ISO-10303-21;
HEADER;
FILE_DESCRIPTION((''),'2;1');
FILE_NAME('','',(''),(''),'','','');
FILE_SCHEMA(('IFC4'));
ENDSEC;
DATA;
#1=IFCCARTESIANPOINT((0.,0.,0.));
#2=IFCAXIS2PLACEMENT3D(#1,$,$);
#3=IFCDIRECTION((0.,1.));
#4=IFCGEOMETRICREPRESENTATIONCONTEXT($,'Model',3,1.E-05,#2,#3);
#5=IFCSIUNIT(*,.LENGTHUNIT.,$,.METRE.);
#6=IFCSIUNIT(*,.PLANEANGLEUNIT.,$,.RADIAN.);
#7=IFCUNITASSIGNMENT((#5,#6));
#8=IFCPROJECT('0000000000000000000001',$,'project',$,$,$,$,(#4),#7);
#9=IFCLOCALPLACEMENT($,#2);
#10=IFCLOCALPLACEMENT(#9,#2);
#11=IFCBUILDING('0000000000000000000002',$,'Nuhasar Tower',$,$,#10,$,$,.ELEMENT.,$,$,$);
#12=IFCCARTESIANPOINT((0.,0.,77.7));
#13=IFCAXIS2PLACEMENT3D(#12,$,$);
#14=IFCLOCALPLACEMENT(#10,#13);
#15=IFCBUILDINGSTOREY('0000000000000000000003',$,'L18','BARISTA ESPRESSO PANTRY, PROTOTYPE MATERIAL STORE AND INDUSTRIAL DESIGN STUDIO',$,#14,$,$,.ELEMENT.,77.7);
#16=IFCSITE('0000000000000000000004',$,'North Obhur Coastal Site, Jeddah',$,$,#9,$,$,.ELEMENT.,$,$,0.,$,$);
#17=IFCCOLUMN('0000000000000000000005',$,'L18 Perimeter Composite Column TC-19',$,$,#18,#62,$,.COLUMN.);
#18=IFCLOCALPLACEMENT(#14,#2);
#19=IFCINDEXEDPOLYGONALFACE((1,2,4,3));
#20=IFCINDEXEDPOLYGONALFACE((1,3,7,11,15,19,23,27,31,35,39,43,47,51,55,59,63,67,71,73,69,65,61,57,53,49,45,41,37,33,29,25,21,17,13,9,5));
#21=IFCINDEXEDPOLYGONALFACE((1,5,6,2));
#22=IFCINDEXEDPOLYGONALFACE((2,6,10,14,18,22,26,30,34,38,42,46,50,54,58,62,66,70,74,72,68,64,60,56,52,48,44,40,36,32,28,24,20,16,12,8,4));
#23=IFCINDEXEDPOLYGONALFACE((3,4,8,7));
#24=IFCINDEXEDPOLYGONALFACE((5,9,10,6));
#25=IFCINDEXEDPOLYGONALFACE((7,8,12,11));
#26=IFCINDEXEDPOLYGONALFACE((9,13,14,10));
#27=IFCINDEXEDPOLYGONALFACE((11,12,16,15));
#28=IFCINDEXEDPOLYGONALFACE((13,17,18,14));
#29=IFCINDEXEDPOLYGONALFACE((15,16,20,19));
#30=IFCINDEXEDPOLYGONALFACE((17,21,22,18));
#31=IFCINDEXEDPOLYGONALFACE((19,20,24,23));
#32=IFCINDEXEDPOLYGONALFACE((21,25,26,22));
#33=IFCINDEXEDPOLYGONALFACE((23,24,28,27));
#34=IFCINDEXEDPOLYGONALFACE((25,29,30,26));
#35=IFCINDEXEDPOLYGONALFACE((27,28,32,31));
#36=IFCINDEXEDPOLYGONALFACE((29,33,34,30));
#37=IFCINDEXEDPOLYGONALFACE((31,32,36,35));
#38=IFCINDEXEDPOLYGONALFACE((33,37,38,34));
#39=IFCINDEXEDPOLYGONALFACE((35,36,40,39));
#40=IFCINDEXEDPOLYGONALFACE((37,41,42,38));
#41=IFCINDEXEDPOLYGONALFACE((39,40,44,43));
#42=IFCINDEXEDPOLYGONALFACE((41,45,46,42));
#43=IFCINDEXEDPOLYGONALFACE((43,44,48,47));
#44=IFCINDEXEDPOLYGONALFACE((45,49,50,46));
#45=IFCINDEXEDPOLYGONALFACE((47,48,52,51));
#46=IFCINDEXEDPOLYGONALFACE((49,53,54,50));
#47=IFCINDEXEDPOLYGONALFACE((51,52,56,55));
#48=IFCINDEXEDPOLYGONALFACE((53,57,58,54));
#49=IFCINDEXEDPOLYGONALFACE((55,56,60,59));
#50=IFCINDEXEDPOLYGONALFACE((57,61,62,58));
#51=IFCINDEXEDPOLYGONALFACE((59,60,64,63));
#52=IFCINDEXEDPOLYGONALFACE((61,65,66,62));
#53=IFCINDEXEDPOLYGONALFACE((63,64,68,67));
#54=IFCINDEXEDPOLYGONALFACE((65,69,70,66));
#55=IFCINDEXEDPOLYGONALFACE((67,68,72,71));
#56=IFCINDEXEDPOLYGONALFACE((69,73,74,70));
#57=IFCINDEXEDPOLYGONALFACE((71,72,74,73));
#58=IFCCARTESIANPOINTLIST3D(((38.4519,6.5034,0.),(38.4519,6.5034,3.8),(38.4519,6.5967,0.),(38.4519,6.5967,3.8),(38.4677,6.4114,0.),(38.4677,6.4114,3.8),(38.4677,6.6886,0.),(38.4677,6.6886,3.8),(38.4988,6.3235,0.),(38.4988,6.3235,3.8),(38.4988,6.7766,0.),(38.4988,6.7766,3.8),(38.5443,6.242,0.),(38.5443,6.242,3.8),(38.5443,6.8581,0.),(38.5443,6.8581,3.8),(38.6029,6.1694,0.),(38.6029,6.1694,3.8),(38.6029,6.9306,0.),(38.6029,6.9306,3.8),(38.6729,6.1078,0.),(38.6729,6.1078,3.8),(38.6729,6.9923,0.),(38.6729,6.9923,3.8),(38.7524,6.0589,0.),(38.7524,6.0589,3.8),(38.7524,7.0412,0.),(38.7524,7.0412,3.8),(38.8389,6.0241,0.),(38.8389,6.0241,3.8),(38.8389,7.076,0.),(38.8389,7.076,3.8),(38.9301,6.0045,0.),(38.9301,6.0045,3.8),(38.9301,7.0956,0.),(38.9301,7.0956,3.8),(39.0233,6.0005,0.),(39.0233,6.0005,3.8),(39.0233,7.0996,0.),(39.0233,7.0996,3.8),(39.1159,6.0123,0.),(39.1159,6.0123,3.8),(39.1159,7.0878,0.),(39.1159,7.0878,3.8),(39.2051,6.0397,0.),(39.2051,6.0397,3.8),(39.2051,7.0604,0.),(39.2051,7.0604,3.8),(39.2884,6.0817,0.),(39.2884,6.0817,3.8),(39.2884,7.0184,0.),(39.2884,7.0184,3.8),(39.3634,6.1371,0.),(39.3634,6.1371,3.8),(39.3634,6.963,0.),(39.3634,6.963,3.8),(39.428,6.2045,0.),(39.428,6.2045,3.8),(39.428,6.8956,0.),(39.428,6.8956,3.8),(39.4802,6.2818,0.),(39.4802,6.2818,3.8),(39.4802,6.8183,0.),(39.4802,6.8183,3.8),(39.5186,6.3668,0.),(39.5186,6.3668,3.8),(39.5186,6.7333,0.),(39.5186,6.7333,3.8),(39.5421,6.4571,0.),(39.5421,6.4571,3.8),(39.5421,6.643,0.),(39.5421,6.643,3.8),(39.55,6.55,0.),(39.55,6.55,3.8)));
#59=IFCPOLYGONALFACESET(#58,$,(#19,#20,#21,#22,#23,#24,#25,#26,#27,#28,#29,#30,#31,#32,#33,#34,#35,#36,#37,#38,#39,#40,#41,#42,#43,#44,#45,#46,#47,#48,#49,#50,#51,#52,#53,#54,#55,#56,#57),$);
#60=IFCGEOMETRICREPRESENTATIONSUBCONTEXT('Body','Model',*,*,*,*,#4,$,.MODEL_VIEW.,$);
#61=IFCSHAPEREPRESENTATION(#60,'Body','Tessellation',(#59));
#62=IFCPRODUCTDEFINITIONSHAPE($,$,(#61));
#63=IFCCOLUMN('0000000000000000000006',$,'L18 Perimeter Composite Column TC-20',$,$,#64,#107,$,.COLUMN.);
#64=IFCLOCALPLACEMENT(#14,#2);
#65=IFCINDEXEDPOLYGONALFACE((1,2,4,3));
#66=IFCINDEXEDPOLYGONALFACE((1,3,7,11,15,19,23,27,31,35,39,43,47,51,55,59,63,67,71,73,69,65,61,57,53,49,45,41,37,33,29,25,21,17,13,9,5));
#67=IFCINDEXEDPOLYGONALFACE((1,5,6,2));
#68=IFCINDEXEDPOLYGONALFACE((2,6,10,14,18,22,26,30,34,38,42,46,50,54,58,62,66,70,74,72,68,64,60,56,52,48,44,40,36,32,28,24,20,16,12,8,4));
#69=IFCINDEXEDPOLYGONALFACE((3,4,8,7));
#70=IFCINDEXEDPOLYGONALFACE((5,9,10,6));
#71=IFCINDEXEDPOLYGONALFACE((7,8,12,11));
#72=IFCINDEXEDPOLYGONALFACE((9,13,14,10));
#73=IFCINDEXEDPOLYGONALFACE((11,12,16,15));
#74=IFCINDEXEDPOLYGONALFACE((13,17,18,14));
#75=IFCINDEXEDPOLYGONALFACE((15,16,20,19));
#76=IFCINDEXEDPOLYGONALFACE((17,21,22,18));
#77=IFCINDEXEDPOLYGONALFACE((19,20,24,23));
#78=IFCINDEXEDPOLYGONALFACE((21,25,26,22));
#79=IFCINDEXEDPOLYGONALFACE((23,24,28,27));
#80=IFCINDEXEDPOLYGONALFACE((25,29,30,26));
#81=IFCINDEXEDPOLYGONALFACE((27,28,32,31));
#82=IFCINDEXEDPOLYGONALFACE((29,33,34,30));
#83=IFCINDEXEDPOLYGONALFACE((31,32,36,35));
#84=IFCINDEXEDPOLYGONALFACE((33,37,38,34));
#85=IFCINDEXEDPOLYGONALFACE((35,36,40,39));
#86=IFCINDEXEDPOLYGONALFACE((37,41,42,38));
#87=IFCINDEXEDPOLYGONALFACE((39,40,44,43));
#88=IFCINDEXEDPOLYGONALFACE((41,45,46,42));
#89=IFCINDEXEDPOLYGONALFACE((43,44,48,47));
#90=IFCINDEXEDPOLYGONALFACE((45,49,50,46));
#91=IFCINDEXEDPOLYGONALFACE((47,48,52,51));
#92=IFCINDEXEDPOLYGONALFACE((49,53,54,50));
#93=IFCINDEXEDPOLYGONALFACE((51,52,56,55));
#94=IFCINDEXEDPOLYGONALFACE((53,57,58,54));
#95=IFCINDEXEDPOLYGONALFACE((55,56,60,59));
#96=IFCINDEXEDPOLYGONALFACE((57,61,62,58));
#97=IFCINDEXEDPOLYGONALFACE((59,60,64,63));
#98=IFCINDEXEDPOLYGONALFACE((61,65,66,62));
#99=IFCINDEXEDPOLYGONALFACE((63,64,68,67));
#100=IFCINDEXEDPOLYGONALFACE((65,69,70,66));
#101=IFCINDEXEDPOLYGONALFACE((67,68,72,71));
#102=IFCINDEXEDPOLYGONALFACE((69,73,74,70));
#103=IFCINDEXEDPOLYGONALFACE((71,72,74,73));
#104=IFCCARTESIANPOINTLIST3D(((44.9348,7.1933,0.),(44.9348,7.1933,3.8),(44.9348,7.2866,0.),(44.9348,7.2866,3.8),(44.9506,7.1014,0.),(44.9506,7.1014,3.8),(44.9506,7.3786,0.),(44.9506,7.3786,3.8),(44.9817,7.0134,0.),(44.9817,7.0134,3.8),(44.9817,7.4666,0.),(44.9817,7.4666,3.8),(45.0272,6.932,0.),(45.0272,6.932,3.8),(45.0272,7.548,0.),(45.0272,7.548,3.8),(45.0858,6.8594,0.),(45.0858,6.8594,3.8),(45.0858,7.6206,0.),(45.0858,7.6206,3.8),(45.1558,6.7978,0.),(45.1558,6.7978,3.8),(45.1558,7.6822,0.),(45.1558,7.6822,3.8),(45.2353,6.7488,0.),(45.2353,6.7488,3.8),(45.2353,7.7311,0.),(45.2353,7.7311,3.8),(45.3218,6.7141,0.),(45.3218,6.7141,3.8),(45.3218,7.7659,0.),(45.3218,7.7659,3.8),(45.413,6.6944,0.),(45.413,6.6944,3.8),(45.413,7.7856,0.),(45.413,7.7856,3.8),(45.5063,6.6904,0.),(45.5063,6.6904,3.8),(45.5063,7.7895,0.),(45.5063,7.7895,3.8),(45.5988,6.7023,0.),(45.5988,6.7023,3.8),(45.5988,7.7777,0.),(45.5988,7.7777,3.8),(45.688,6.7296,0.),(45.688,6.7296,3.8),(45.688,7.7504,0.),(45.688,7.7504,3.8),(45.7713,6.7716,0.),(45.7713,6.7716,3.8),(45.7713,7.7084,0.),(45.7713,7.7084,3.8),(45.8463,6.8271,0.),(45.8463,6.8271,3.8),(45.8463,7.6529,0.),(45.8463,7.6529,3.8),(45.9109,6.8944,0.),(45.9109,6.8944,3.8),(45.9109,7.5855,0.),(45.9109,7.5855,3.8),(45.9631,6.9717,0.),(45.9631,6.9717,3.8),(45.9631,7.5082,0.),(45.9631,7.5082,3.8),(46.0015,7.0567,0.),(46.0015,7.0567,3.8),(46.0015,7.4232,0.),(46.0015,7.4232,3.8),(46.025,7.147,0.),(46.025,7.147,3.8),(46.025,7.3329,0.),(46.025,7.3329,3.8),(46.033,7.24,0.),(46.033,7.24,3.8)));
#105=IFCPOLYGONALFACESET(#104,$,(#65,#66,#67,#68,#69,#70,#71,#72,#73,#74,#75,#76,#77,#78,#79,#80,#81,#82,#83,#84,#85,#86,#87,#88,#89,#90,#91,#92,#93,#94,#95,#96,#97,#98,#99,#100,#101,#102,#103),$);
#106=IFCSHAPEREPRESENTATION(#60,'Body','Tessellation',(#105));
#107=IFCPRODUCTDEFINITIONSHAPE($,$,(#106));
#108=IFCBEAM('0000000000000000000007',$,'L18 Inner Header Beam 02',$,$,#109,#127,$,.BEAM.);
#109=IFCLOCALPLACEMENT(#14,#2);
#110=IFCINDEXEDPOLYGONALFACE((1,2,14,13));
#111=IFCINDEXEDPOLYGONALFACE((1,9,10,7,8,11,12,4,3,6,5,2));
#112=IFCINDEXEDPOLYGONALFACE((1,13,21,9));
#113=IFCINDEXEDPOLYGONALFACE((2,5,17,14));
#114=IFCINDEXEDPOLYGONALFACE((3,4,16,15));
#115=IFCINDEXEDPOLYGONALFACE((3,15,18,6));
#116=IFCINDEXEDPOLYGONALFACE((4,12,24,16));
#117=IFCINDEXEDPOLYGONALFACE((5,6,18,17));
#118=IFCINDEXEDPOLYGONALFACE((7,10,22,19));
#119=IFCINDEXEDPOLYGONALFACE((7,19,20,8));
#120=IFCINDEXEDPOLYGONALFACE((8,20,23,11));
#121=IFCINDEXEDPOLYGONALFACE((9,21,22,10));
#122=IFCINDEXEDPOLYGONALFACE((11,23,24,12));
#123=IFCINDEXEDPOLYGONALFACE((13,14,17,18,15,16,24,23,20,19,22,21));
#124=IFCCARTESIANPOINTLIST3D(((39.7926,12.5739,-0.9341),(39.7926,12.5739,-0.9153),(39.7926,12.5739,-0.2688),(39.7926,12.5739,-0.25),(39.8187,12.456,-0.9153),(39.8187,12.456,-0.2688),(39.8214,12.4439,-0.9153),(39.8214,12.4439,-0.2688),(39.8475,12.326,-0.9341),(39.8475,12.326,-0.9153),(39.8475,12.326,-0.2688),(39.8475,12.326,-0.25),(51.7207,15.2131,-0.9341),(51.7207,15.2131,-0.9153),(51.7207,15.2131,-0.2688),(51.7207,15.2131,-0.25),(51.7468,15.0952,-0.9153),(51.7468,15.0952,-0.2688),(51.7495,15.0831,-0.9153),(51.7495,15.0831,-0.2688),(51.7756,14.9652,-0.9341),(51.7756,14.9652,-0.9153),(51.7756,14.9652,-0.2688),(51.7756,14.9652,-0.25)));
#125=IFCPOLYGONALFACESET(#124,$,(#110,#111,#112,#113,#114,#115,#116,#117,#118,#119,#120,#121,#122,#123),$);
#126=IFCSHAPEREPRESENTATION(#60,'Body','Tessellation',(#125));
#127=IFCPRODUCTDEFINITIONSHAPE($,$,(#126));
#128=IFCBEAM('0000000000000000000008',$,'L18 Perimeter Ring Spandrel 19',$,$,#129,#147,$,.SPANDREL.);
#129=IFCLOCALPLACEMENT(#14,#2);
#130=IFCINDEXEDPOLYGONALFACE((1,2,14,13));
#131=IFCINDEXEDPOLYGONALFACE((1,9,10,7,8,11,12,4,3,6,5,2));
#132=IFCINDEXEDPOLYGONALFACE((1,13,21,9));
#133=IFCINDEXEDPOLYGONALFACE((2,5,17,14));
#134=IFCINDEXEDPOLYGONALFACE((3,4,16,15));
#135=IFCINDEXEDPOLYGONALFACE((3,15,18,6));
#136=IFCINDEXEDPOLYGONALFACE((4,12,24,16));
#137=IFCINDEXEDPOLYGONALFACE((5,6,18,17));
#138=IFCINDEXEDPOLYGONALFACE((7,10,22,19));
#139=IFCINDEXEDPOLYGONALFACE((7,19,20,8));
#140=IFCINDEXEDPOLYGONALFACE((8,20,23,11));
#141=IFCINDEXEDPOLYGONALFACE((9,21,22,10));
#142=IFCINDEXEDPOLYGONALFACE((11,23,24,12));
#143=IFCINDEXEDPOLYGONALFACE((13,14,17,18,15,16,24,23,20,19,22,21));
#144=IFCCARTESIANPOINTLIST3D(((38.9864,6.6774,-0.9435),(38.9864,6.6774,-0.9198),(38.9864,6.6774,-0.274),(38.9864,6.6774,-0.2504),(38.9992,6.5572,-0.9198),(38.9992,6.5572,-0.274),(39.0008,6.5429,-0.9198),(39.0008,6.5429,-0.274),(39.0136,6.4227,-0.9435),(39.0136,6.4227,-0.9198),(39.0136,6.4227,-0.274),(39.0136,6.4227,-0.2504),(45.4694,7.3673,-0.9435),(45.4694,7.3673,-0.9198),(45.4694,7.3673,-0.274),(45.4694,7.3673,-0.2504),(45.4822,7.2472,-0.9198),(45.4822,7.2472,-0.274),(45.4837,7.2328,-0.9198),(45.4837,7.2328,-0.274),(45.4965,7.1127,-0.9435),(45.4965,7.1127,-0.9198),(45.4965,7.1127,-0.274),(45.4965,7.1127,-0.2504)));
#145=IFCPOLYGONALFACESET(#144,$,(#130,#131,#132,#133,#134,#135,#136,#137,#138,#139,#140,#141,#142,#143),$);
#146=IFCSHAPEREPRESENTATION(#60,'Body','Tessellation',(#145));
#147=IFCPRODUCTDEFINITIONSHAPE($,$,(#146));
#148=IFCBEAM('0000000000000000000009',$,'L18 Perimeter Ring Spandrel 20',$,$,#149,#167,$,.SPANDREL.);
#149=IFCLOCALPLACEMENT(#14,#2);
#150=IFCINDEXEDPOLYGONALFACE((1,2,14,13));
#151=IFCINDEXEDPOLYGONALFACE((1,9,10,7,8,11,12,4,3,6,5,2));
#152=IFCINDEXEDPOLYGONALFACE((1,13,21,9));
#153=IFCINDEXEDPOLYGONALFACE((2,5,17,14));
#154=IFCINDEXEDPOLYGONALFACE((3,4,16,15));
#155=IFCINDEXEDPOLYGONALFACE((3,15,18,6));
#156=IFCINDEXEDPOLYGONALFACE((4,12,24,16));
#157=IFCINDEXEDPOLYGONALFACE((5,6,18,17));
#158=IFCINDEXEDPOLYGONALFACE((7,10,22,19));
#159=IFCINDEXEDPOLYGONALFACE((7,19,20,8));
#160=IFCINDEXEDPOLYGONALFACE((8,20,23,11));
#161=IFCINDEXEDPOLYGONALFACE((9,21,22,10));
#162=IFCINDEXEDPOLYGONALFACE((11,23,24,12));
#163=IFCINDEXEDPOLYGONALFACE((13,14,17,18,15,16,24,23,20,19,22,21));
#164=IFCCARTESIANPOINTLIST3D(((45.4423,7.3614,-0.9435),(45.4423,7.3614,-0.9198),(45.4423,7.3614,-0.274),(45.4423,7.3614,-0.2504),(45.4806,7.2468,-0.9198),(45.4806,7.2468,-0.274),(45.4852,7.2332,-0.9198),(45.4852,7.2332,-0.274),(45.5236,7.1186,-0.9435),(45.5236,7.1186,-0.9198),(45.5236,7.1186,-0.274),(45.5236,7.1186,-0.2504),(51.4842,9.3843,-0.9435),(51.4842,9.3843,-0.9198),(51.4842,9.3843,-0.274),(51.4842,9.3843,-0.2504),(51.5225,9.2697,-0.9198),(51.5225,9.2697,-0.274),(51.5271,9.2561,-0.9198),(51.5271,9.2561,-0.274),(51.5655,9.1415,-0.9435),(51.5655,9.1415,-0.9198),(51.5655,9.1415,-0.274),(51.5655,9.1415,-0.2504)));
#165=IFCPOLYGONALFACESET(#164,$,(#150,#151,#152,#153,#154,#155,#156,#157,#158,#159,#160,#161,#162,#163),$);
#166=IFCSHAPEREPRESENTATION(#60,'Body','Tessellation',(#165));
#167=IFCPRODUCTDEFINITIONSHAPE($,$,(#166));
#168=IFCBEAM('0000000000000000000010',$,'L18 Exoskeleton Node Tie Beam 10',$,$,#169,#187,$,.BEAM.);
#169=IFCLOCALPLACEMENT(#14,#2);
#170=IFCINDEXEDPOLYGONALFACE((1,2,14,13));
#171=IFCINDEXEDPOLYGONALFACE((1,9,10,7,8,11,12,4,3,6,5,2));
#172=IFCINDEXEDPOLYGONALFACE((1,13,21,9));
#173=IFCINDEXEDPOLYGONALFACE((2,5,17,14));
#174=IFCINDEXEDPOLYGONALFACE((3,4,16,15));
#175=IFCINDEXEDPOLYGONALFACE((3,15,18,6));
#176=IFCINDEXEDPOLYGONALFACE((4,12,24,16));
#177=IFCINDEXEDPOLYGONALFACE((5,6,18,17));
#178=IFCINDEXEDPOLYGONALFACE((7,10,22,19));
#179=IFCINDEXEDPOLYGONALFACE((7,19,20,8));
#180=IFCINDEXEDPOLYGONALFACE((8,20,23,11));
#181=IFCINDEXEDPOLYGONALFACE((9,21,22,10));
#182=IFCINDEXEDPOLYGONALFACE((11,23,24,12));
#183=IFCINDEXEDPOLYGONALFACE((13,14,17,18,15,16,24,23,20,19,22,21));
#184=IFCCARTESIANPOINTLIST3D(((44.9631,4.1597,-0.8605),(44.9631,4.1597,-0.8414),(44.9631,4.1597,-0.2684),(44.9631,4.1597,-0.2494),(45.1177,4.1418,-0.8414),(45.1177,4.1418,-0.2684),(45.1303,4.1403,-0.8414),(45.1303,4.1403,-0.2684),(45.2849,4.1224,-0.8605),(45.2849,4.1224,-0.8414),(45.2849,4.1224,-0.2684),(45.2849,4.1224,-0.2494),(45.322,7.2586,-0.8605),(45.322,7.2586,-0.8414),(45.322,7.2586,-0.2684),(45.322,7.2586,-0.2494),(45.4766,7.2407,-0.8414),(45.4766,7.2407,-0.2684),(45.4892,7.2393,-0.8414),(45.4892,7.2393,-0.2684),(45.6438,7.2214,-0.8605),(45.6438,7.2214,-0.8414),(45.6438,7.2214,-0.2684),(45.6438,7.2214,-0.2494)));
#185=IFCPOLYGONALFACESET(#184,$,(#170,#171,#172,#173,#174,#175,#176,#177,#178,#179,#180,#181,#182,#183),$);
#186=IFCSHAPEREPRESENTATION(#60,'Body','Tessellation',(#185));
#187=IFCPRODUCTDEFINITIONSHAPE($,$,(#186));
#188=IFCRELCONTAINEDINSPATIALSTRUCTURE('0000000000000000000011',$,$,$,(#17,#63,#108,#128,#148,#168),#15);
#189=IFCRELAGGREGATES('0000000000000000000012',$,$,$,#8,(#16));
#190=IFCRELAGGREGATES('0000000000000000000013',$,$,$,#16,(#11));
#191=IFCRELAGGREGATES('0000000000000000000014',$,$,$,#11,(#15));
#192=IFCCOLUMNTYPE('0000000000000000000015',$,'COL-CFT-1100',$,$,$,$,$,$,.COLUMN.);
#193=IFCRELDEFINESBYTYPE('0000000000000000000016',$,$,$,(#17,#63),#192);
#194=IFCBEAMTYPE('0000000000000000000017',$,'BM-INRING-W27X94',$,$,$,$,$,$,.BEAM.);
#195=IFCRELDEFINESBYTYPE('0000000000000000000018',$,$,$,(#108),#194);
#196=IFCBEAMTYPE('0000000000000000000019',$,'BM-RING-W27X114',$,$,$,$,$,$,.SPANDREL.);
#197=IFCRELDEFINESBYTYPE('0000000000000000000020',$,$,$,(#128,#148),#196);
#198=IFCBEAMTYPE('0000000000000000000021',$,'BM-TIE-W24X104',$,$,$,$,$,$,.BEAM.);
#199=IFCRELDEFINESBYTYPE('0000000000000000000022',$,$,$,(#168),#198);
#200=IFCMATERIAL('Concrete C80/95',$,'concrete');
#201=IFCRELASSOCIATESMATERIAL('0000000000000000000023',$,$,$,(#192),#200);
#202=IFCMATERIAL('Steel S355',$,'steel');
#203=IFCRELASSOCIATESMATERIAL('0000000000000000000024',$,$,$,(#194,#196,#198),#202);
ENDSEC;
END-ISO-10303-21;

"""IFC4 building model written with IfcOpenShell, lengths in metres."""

from ifc_helpers import new_model, si_unit, direction, frame, origin, origin_2d, place, context, subcontext, project, spatial, circle, i_section, extrude, material, material_profile, profile_set, type_object, element, save


model = new_model("IFC4")

# Units and contexts
model_context = context("Model", 3, precision=1e-05, world=origin(), true_north=direction((0.0, 1.0)))
body_context = subcontext(model_context, "Body", "Model", "MODEL_VIEW")
ifc_project = project(units=[si_unit("LENGTHUNIT", "METRE"), si_unit("PLANEANGLEUNIT", "RADIAN")], contexts=[model_context])

# Site, building, storey
site_placement = place(None, origin())
site = spatial("IfcSite", under=ifc_project, at=site_placement, Name="North Obhur Coastal Site, Jeddah", CompositionType="ELEMENT", RefElevation=0.0)
building_placement = place(site_placement, origin())
building = spatial("IfcBuilding", under=site, at=building_placement, Name="Nuhasar Tower", CompositionType="ELEMENT")
storey_placement = place(building_placement, frame((0.0, 0.0, 77.7)))
storey = spatial("IfcBuildingStorey", under=building, at=storey_placement, Name="L18", Description="BARISTA ESPRESSO PANTRY, PROTOTYPE MATERIAL STORE AND INDUSTRIAL DESIGN STUDIO", CompositionType="ELEMENT", Elevation=77.7)

# Columns
ifc_material_1 = material(Name="Concrete C80/95", Category="concrete")
ifc_material_profile_1 = material_profile(ifc_material_1, circle(Radius=0.55, at=origin_2d()), Name="CFT1100")
ifc_profile_set_1 = profile_set([ifc_material_profile_1], Name="Concrete C80/95")
column_type = type_object("IfcColumnType", Name="COL-CFT-1100", PredefinedType="COLUMN", material=ifc_profile_set_1)
for number, where, z_axis, x_axis, name in (
    (1, (39.0, 6.55, 0.0), (0.0, 0.0, 1.0), (1.0, 0.0, 0.0), "L18 Perimeter Composite Column TC-19"),
    (2, (45.4829, 7.24, 0.0), (0.0, 0.0, 1.0), (1.0, 0.0, 0.0), "L18 Perimeter Composite Column TC-20"),
):
    element("IfcColumn", number, at=place(storey_placement, frame(where, z_axis=z_axis, x_axis=x_axis)), inside=storey, type_object=column_type, Name=name, PredefinedType="COLUMN", context=body_context, shape_type="SweptSolid", body=[
        extrude(circle(Radius=0.55, at=origin_2d()), origin(), (0.0, 0.0, 1.0), 3.8),
    ])

# Beams
ifc_material_2 = material(Name="Steel S355", Category="steel")
ifc_material_profile_2 = material_profile(ifc_material_2, i_section(OverallWidth=0.2539, OverallDepth=0.6841, WebThickness=0.0125, FlangeThickness=0.0188, at=origin_2d()), Name="W27X94")
ifc_profile_set_2 = profile_set([ifc_material_profile_2], Name="Steel S355")
beam_type_1 = type_object("IfcBeamType", Name="BM-INRING-W27X94", PredefinedType="BEAM", material=ifc_profile_set_2)
beam_1_placement = place(storey_placement, frame((39.8201, 12.45, -0.592), z_axis=(0.976386, 0.216033, 0.0), x_axis=(-0.216033, 0.976386, 0.0)))
element("IfcBeam", 3, at=beam_1_placement, inside=storey, type_object=beam_type_1, Name="L18 Inner Header Beam 02", PredefinedType="BEAM", context=body_context, shape_type="SweptSolid", body=[
    extrude(i_section(OverallWidth=0.2539, OverallDepth=0.6841, WebThickness=0.0125, FlangeThickness=0.0188, at=origin_2d()), origin(), (0.0, 0.0, 1.0), 12.2166),
])
ifc_material_profile_3 = material_profile(ifc_material_2, i_section(OverallWidth=0.2561, OverallDepth=0.6931, WebThickness=0.0144, FlangeThickness=0.0237, at=origin_2d()), Name="W27X114")
ifc_profile_set_3 = profile_set([ifc_material_profile_3], Name="Steel S355")
beam_type_2 = type_object("IfcBeamType", Name="BM-RING-W27X114", PredefinedType="SPANDREL", material=ifc_profile_set_3)
beam_2_placement = place(storey_placement, frame((39.0, 6.55, -0.5969), z_axis=(0.994385, 0.105827, 0.0), x_axis=(-0.105827, 0.994385, 0.0)))
element("IfcBeam", 4, at=beam_2_placement, inside=storey, type_object=beam_type_2, Name="L18 Perimeter Ring Spandrel 19", PredefinedType="SPANDREL", context=body_context, shape_type="SweptSolid", body=[
    extrude(i_section(OverallWidth=0.2561, OverallDepth=0.6931, WebThickness=0.0144, FlangeThickness=0.0237, at=origin_2d()), origin(), (0.0, 0.0, 1.0), 6.5195),
])
beam_3_placement = place(storey_placement, frame((45.4829, 7.24, -0.5969), z_axis=(0.948261, 0.317492, 0.0), x_axis=(-0.317492, 0.948261, 0.0)))
element("IfcBeam", 5, at=beam_3_placement, inside=storey, type_object=beam_type_2, Name="L18 Perimeter Ring Spandrel 20", PredefinedType="SPANDREL", context=body_context, shape_type="SweptSolid", body=[
    extrude(i_section(OverallWidth=0.2561, OverallDepth=0.6931, WebThickness=0.0144, FlangeThickness=0.0237, at=origin_2d()), origin(), (0.0, 0.0, 1.0), 6.3716),
])
ifc_material_profile_4 = material_profile(ifc_material_2, i_section(OverallWidth=0.324, OverallDepth=0.6111, WebThickness=0.0127, FlangeThickness=0.019, at=origin_2d()), Name="W24X104")
ifc_profile_set_4 = profile_set([ifc_material_profile_4], Name="Steel S355")
beam_type_3 = type_object("IfcBeamType", Name="BM-TIE-W24X104", PredefinedType="BEAM", material=ifc_profile_set_4)
beam_4_placement = place(storey_placement, frame((45.4829, 7.24, -0.5549), z_axis=(-0.115043, -0.993361, 0.0), x_axis=(0.993361, -0.115043, 0.0)))
element("IfcBeam", 6, at=beam_4_placement, inside=storey, type_object=beam_type_3, Name="L18 Exoskeleton Node Tie Beam 10", PredefinedType="BEAM", context=body_context, shape_type="SweptSolid", body=[
    extrude(i_section(OverallWidth=0.324, OverallDepth=0.6111, WebThickness=0.0127, FlangeThickness=0.019, at=origin_2d()), origin(), (0.0, 0.0, 1.0), 3.1196),
])

save(model, "model.ifc")
